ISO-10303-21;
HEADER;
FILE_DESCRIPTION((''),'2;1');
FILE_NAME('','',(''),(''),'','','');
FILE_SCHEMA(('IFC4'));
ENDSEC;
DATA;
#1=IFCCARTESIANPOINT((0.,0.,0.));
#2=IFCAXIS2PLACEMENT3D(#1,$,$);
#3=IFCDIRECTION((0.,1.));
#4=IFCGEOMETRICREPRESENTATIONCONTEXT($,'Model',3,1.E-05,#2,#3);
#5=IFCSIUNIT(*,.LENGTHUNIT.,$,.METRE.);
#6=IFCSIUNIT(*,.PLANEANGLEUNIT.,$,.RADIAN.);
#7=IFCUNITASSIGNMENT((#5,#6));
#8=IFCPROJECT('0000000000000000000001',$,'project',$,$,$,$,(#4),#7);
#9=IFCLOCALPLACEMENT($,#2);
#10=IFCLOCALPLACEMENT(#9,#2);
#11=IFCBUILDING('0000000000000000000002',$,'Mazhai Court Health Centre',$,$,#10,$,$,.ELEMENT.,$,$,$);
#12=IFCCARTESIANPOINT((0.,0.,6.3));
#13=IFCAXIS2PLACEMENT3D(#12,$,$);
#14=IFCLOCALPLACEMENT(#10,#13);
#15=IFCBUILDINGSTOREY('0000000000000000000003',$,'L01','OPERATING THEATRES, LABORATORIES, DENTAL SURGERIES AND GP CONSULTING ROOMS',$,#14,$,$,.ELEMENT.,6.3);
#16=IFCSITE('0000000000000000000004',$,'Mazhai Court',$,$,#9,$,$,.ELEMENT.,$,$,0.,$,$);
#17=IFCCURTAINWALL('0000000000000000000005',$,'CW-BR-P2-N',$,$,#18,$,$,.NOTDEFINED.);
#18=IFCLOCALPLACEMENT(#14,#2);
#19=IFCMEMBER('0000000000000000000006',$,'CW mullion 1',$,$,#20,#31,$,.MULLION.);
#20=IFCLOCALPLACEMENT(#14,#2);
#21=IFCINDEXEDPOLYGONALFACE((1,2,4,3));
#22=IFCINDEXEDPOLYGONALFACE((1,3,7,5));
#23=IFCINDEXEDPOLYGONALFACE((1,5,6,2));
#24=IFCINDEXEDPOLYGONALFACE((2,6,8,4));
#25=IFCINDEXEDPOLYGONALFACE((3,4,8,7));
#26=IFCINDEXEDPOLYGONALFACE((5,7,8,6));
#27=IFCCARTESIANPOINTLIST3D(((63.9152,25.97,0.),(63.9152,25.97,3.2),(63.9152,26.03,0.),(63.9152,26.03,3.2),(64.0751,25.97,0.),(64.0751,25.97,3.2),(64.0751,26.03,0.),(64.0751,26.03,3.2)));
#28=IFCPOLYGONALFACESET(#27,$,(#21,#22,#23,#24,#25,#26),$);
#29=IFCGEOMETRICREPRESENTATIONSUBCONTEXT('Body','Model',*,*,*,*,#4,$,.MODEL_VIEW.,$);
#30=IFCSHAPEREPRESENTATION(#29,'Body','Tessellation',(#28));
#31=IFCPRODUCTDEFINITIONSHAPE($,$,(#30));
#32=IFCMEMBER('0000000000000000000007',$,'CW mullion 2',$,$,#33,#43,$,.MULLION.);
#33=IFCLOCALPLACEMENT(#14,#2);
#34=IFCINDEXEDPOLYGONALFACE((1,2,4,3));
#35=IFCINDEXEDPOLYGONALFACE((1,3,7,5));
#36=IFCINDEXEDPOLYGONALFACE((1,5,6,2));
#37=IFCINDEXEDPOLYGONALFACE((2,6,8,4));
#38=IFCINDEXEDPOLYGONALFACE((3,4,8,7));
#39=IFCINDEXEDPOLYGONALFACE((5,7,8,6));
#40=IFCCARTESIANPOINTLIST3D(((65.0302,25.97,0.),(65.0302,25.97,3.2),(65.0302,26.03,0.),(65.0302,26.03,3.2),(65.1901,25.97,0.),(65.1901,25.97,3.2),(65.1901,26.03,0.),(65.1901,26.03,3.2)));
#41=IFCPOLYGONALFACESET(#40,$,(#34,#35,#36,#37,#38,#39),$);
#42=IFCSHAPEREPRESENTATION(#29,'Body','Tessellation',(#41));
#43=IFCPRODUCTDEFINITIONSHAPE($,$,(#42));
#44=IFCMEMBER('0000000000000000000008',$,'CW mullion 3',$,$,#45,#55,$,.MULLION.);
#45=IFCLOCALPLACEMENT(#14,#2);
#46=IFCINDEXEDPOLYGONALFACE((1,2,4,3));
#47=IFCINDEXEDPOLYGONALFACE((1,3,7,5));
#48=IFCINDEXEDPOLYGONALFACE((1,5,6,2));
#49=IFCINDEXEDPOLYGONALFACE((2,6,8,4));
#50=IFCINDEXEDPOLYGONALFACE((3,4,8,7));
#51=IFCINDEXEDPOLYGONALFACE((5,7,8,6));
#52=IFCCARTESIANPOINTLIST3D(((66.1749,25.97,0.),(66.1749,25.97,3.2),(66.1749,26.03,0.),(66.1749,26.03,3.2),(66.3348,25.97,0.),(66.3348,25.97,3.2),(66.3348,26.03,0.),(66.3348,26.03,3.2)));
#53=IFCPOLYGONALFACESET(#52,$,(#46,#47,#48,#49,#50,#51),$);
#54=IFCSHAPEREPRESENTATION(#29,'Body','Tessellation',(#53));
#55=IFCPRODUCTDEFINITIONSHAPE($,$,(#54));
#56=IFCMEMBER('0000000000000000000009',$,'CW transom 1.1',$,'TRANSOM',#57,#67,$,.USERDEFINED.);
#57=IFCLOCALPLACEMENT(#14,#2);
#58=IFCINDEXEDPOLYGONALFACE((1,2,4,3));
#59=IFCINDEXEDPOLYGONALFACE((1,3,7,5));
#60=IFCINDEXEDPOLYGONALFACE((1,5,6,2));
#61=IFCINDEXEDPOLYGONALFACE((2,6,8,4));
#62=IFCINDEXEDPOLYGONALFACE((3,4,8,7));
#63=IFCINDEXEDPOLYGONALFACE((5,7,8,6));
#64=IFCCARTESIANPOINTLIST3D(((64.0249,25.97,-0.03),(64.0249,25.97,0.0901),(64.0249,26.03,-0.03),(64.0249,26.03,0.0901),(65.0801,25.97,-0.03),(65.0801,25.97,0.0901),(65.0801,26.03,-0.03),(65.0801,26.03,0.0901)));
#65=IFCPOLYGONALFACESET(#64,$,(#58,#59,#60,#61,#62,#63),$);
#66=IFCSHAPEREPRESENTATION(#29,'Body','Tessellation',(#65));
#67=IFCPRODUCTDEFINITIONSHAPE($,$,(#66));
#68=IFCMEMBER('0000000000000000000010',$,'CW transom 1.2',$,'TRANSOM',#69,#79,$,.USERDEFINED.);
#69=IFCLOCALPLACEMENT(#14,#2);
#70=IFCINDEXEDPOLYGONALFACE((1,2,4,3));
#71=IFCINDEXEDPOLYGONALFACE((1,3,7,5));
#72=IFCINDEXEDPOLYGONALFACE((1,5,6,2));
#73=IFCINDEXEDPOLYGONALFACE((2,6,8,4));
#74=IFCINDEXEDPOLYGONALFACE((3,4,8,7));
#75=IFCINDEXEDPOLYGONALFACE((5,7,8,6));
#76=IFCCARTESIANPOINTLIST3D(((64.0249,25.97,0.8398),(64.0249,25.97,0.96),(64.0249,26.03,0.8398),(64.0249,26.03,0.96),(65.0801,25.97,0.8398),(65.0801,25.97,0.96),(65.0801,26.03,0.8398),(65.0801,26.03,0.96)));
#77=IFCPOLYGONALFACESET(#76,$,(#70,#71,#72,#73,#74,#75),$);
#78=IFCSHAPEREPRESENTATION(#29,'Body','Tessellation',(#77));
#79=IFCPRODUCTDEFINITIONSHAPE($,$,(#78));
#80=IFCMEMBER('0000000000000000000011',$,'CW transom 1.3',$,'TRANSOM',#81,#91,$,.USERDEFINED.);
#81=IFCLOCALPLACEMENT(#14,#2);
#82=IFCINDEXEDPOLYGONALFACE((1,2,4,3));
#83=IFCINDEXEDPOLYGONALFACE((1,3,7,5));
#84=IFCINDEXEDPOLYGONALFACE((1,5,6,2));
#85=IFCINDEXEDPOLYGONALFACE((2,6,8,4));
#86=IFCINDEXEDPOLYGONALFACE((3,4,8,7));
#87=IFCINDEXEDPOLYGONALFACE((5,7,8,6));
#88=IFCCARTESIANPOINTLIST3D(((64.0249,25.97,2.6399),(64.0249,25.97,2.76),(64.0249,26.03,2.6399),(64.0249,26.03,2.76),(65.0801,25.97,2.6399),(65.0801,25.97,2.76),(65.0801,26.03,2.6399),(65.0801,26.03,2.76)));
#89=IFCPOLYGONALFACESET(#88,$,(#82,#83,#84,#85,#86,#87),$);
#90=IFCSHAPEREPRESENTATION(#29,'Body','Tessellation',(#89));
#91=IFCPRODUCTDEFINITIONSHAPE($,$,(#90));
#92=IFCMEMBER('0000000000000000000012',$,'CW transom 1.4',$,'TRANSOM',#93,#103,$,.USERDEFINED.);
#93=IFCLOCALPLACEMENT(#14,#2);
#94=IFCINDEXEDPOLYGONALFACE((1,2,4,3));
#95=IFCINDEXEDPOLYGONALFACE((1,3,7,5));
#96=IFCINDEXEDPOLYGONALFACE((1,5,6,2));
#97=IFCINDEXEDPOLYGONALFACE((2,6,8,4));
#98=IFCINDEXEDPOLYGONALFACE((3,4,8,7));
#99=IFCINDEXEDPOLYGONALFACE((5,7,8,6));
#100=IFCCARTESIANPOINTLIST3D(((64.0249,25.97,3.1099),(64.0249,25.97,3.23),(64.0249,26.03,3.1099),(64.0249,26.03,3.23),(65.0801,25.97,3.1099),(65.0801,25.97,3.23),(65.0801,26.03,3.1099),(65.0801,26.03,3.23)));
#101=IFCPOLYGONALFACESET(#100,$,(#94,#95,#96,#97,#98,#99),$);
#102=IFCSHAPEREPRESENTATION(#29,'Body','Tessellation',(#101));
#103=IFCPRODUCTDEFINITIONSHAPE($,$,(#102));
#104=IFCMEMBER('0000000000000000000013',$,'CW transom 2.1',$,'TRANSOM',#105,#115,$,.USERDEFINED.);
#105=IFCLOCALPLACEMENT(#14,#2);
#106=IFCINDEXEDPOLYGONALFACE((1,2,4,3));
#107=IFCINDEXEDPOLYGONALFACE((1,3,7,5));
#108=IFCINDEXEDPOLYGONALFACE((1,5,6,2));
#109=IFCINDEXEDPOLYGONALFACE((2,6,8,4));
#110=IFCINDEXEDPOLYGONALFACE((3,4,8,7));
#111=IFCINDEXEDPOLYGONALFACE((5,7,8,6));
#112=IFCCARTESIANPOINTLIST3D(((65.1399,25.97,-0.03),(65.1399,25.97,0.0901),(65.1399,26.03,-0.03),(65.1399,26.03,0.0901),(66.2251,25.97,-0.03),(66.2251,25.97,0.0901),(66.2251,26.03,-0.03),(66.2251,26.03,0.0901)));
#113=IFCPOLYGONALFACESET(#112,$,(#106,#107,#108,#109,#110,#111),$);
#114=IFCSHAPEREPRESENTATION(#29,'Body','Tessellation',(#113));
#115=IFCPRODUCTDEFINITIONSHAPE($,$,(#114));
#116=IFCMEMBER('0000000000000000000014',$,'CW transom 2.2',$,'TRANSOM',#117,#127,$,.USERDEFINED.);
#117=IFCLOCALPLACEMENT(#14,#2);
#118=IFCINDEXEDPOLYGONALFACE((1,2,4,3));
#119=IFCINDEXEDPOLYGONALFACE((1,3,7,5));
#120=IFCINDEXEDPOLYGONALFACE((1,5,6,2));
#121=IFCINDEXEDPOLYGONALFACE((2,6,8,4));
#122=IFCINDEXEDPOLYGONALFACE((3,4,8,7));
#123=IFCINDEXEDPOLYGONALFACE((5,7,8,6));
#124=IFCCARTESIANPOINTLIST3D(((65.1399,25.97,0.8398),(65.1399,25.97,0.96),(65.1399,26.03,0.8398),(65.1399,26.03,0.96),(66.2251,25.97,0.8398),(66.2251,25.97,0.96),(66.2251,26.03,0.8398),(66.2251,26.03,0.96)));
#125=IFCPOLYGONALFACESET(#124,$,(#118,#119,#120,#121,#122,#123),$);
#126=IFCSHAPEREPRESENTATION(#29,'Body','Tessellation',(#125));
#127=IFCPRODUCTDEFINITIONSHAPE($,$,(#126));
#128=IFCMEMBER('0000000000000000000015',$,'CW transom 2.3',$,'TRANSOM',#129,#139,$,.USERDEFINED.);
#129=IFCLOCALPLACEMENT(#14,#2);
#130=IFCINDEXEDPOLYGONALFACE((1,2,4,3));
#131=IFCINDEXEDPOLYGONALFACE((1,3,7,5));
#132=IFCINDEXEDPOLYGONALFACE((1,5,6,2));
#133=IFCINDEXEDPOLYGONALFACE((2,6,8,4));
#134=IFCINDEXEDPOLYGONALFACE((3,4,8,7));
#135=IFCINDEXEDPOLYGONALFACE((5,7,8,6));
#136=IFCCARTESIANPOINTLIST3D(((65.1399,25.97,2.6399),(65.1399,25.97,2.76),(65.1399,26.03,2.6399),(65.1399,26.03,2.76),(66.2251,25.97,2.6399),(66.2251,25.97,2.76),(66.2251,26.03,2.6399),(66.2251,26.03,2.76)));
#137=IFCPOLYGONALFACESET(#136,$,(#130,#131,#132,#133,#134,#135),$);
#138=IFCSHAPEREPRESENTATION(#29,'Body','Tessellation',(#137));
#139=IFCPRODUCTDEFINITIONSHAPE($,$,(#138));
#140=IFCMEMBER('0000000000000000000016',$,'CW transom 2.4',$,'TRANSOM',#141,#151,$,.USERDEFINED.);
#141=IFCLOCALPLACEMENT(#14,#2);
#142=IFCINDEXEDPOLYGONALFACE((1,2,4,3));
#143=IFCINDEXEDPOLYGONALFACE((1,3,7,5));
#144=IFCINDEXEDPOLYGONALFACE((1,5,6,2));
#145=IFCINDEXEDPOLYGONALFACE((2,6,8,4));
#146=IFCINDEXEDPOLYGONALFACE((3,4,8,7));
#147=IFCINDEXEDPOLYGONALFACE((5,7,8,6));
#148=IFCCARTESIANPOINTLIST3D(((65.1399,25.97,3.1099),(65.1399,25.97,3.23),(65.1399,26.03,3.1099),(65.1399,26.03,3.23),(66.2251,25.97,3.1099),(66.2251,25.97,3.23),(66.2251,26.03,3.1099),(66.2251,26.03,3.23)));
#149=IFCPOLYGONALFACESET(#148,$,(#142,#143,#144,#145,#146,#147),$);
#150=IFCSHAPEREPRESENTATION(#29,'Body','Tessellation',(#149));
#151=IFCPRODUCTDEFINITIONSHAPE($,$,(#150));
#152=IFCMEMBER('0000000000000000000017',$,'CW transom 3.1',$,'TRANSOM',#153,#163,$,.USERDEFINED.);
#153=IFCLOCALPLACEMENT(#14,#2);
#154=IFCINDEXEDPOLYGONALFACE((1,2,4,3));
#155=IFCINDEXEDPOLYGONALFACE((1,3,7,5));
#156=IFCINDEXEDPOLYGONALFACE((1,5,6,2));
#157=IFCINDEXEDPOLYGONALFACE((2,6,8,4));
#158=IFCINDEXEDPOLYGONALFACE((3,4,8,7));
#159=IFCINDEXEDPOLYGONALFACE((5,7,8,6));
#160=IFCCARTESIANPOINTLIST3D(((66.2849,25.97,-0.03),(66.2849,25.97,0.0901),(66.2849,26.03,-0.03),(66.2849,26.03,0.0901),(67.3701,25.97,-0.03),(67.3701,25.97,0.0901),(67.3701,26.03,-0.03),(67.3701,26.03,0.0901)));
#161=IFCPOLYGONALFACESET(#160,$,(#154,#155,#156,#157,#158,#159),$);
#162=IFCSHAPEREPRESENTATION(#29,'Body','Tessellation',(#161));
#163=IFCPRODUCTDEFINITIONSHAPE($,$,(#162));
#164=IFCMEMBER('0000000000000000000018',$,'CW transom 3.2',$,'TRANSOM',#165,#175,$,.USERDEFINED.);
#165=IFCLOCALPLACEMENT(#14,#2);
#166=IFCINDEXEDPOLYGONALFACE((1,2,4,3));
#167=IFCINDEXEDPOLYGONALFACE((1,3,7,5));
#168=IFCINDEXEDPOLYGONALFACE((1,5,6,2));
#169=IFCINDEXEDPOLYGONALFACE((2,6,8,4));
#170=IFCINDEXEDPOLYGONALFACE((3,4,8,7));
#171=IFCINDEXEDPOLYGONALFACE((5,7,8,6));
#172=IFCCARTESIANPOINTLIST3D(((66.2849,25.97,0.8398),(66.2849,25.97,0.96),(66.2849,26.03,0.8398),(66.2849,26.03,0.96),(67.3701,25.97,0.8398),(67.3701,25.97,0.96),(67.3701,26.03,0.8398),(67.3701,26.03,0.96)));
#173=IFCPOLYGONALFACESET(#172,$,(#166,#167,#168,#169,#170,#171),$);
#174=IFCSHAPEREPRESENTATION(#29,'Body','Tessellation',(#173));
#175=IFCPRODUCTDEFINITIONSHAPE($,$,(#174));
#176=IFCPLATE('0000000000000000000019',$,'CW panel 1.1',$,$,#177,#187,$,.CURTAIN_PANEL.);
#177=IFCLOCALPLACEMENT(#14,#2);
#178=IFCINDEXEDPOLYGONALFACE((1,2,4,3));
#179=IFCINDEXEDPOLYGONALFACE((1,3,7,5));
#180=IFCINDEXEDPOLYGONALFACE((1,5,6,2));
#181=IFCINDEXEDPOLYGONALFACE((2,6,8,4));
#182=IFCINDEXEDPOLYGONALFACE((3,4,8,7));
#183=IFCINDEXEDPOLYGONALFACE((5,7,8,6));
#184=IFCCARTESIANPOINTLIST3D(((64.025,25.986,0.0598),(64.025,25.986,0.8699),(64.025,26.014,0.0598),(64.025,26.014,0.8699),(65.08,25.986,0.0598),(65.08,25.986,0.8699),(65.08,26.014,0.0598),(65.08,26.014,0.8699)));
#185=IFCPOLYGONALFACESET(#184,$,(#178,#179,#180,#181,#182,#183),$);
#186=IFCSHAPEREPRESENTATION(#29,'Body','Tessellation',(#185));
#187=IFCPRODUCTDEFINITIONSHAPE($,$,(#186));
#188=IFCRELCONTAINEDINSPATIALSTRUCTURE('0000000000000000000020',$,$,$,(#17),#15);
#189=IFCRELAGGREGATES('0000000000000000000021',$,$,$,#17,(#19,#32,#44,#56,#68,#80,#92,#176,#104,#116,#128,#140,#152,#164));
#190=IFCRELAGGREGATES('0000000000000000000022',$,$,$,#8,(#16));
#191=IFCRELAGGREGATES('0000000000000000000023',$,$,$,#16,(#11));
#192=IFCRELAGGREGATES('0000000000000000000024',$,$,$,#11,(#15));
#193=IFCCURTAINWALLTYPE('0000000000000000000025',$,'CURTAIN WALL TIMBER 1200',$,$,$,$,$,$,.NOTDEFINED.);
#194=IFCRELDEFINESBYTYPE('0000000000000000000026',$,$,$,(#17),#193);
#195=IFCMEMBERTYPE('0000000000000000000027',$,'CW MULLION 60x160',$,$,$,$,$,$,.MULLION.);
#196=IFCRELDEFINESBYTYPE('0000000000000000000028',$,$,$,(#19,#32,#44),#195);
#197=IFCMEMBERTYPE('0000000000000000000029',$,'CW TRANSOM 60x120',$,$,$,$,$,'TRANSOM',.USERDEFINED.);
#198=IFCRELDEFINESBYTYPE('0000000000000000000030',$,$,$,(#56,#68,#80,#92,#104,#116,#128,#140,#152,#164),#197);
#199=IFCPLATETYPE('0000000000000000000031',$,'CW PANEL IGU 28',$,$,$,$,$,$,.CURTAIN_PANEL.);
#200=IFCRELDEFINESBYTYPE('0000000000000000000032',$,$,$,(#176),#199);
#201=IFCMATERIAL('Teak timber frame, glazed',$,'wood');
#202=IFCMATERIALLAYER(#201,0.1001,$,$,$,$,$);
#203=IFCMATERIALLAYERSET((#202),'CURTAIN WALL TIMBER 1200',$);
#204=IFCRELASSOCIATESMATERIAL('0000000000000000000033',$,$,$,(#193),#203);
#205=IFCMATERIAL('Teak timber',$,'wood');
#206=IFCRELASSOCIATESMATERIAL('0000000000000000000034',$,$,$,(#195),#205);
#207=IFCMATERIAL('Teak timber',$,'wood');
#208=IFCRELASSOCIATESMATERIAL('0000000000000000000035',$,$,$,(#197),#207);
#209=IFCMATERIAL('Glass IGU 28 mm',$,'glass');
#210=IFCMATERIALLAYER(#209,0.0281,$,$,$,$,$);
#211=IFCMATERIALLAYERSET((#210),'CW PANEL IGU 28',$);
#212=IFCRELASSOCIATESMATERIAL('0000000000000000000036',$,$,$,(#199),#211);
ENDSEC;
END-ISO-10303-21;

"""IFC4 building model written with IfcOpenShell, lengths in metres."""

from ifc_helpers import new_model, si_unit, direction, frame, origin, origin_2d, place, context, subcontext, project, spatial, rectangle, extrude, material, layer, layer_set, material_profile, profile_set, type_object, element, aggregate, save


model = new_model("IFC4")

# Units and contexts
model_context = context("Model", 3, precision=1e-05, world=origin(), true_north=direction((0.0, 1.0)))
body_context = subcontext(model_context, "Body", "Model", "MODEL_VIEW")
ifc_project = project(units=[si_unit("LENGTHUNIT", "METRE"), si_unit("PLANEANGLEUNIT", "RADIAN")], contexts=[model_context])

# Site, building, storey
site_placement = place(None, origin())
site = spatial("IfcSite", under=ifc_project, at=site_placement, Name="Mazhai Court", CompositionType="ELEMENT", RefElevation=0.0)
building_placement = place(site_placement, origin())
building = spatial("IfcBuilding", under=site, at=building_placement, Name="Mazhai Court Health Centre", CompositionType="ELEMENT")
storey_placement = place(building_placement, frame((0.0, 0.0, 6.3)))
storey = spatial("IfcBuildingStorey", under=building, at=storey_placement, Name="L01", Description="OPERATING THEATRES, LABORATORIES, DENTAL SURGERIES AND GP CONSULTING ROOMS", CompositionType="ELEMENT", Elevation=6.3)

# Curtain wall, members, plate
ifc_material_1 = material(Name="Teak timber frame, glazed", Category="wood")
ifc_layer_1 = layer(ifc_material_1, 0.1001)
ifc_layer_set_1 = layer_set([ifc_layer_1], Name="CURTAIN WALL TIMBER 1200")
curtain_wall_type = type_object("IfcCurtainWallType", Name="CURTAIN WALL TIMBER 1200", PredefinedType="NOTDEFINED", material=ifc_layer_set_1)
curtain_wall_placement = place(storey_placement, origin())
curtain_wall = element("IfcCurtainWall", 1, at=curtain_wall_placement, inside=storey, type_object=curtain_wall_type, Name="CW-BR-P2-N", PredefinedType="NOTDEFINED")
ifc_material_2 = material(Name="Teak timber", Category="wood")
ifc_material_profile_1 = material_profile(ifc_material_2, rectangle(XDim=0.0601, YDim=0.1599, at=origin_2d()), Name="CW MULLION 60x160")
ifc_profile_set_1 = profile_set([ifc_material_profile_1], Name="Teak timber")
member_type_1 = type_object("IfcMemberType", Name="CW MULLION 60x160", PredefinedType="MULLION", material=ifc_profile_set_1)
member_1_placement = place(storey_placement, frame((63.9951, 26.0, 0.0), z_axis=(0.0, 0.0, 1.0), x_axis=(0.0, 1.0, 0.0)))
member_1 = element("IfcMember", 2, at=member_1_placement, type_object=member_type_1, Name="CW mullion 1", PredefinedType="MULLION", context=body_context, shape_type="SweptSolid", body=[
    extrude(rectangle(XDim=0.0601, YDim=0.1599, at=origin_2d()), origin(), (0.0, 0.0, 1.0), 3.2),
])
member_2_placement = place(storey_placement, frame((65.1101, 26.0, 0.0), z_axis=(0.0, 0.0, 1.0), x_axis=(0.0, 1.0, 0.0)))
member_2 = element("IfcMember", 3, at=member_2_placement, type_object=member_type_1, Name="CW mullion 2", PredefinedType="MULLION", context=body_context, shape_type="SweptSolid", body=[
    extrude(rectangle(XDim=0.0601, YDim=0.1599, at=origin_2d()), origin(), (0.0, 0.0, 1.0), 3.2),
])
member_3_placement = place(storey_placement, frame((66.2549, 26.0, 0.0), z_axis=(0.0, 0.0, 1.0), x_axis=(0.0, 1.0, 0.0)))
member_3 = element("IfcMember", 4, at=member_3_placement, type_object=member_type_1, Name="CW mullion 3", PredefinedType="MULLION", context=body_context, shape_type="SweptSolid", body=[
    extrude(rectangle(XDim=0.0601, YDim=0.1599, at=origin_2d()), origin(), (0.0, 0.0, 1.0), 3.2),
])
ifc_material_3 = material(Name="Teak timber", Category="wood")
ifc_material_profile_2 = material_profile(ifc_material_3, rectangle(XDim=0.0601, YDim=0.1201, at=origin_2d()), Name="CW TRANSOM 60x120")
ifc_profile_set_2 = profile_set([ifc_material_profile_2], Name="Teak timber")
member_type_2 = type_object("IfcMemberType", Name="CW TRANSOM 60x120", ElementType="TRANSOM", PredefinedType="USERDEFINED", material=ifc_profile_set_2)
member_4_placement = place(storey_placement, frame((64.0249, 26.0, 0.03), z_axis=(1.0, 0.0, 0.0), x_axis=(0.0, 1.0, 0.0)))
member_4 = element("IfcMember", 5, at=member_4_placement, type_object=member_type_2, Name="CW transom 1.1", ObjectType="TRANSOM", PredefinedType="USERDEFINED", context=body_context, shape_type="SweptSolid", body=[
    extrude(rectangle(XDim=0.0601, YDim=0.1201, at=origin_2d()), origin(), (0.0, 0.0, 1.0), 1.0552),
])
member_5_placement = place(storey_placement, frame((64.0249, 26.0, 0.8999), z_axis=(1.0, 0.0, 0.0), x_axis=(0.0, 1.0, 0.0)))
member_5 = element("IfcMember", 6, at=member_5_placement, type_object=member_type_2, Name="CW transom 1.2", ObjectType="TRANSOM", PredefinedType="USERDEFINED", context=body_context, shape_type="SweptSolid", body=[
    extrude(rectangle(XDim=0.0601, YDim=0.1201, at=origin_2d()), origin(), (0.0, 0.0, 1.0), 1.0552),
])
member_6_placement = place(storey_placement, frame((64.0249, 26.0, 2.7), z_axis=(1.0, 0.0, 0.0), x_axis=(0.0, 1.0, 0.0)))
member_6 = element("IfcMember", 7, at=member_6_placement, type_object=member_type_2, Name="CW transom 1.3", ObjectType="TRANSOM", PredefinedType="USERDEFINED", context=body_context, shape_type="SweptSolid", body=[
    extrude(rectangle(XDim=0.0601, YDim=0.1201, at=origin_2d()), origin(), (0.0, 0.0, 1.0), 1.0552),
])
member_7_placement = place(storey_placement, frame((64.0249, 26.0, 3.1699), z_axis=(1.0, 0.0, 0.0), x_axis=(0.0, 1.0, 0.0)))
member_7 = element("IfcMember", 8, at=member_7_placement, type_object=member_type_2, Name="CW transom 1.4", ObjectType="TRANSOM", PredefinedType="USERDEFINED", context=body_context, shape_type="SweptSolid", body=[
    extrude(rectangle(XDim=0.0601, YDim=0.1201, at=origin_2d()), origin(), (0.0, 0.0, 1.0), 1.0552),
])
member_8_placement = place(storey_placement, frame((65.1399, 26.0, 0.03), z_axis=(1.0, 0.0, 0.0), x_axis=(0.0, 1.0, 0.0)))
member_8 = element("IfcMember", 9, at=member_8_placement, type_object=member_type_2, Name="CW transom 2.1", ObjectType="TRANSOM", PredefinedType="USERDEFINED", context=body_context, shape_type="SweptSolid", body=[
    extrude(rectangle(XDim=0.0601, YDim=0.1201, at=origin_2d()), origin(), (0.0, 0.0, 1.0), 1.0852),
])
member_9_placement = place(storey_placement, frame((65.1399, 26.0, 0.8999), z_axis=(1.0, 0.0, 0.0), x_axis=(0.0, 1.0, 0.0)))
member_9 = element("IfcMember", 10, at=member_9_placement, type_object=member_type_2, Name="CW transom 2.2", ObjectType="TRANSOM", PredefinedType="USERDEFINED", context=body_context, shape_type="SweptSolid", body=[
    extrude(rectangle(XDim=0.0601, YDim=0.1201, at=origin_2d()), origin(), (0.0, 0.0, 1.0), 1.0852),
])
member_10_placement = place(storey_placement, frame((65.1399, 26.0, 2.7), z_axis=(1.0, 0.0, 0.0), x_axis=(0.0, 1.0, 0.0)))
member_10 = element("IfcMember", 11, at=member_10_placement, type_object=member_type_2, Name="CW transom 2.3", ObjectType="TRANSOM", PredefinedType="USERDEFINED", context=body_context, shape_type="SweptSolid", body=[
    extrude(rectangle(XDim=0.0601, YDim=0.1201, at=origin_2d()), origin(), (0.0, 0.0, 1.0), 1.0852),
])
member_11_placement = place(storey_placement, frame((65.1399, 26.0, 3.1699), z_axis=(1.0, 0.0, 0.0), x_axis=(0.0, 1.0, 0.0)))
member_11 = element("IfcMember", 12, at=member_11_placement, type_object=member_type_2, Name="CW transom 2.4", ObjectType="TRANSOM", PredefinedType="USERDEFINED", context=body_context, shape_type="SweptSolid", body=[
    extrude(rectangle(XDim=0.0601, YDim=0.1201, at=origin_2d()), origin(), (0.0, 0.0, 1.0), 1.0852),
])
member_12_placement = place(storey_placement, frame((66.2849, 26.0, 0.03), z_axis=(1.0, 0.0, 0.0), x_axis=(0.0, 1.0, 0.0)))
member_12 = element("IfcMember", 13, at=member_12_placement, type_object=member_type_2, Name="CW transom 3.1", ObjectType="TRANSOM", PredefinedType="USERDEFINED", context=body_context, shape_type="SweptSolid", body=[
    extrude(rectangle(XDim=0.0601, YDim=0.1201, at=origin_2d()), origin(), (0.0, 0.0, 1.0), 1.0852),
])
member_13_placement = place(storey_placement, frame((66.2849, 26.0, 0.8999), z_axis=(1.0, 0.0, 0.0), x_axis=(0.0, 1.0, 0.0)))
member_13 = element("IfcMember", 14, at=member_13_placement, type_object=member_type_2, Name="CW transom 3.2", ObjectType="TRANSOM", PredefinedType="USERDEFINED", context=body_context, shape_type="SweptSolid", body=[
    extrude(rectangle(XDim=0.0601, YDim=0.1201, at=origin_2d()), origin(), (0.0, 0.0, 1.0), 1.0852),
])
ifc_material_4 = material(Name="Glass IGU 28 mm", Category="glass")
ifc_layer_2 = layer(ifc_material_4, 0.0281)
ifc_layer_set_2 = layer_set([ifc_layer_2], Name="CW PANEL IGU 28")
plate_type = type_object("IfcPlateType", Name="CW PANEL IGU 28", PredefinedType="CURTAIN_PANEL", material=ifc_layer_set_2)
plate_1_placement = place(storey_placement, frame((64.5525, 26.0, 0.0598), z_axis=(0.0, 0.0, 1.0), x_axis=(1.0, 0.0, 0.0)))
plate_1 = element("IfcPlate", 15, at=plate_1_placement, type_object=plate_type, Name="CW panel 1.1", PredefinedType="CURTAIN_PANEL", context=body_context, shape_type="SweptSolid", body=[
    extrude(rectangle(XDim=1.0549, YDim=0.0281, at=origin_2d()), origin(), (0.0, 0.0, 1.0), 0.8101),
])
aggregate(curtain_wall, [member_1, member_2, member_3, member_4, member_5, member_6, member_7, plate_1, member_8, member_9, member_10, member_11, member_12, member_13])

save(model, "model.ifc")
